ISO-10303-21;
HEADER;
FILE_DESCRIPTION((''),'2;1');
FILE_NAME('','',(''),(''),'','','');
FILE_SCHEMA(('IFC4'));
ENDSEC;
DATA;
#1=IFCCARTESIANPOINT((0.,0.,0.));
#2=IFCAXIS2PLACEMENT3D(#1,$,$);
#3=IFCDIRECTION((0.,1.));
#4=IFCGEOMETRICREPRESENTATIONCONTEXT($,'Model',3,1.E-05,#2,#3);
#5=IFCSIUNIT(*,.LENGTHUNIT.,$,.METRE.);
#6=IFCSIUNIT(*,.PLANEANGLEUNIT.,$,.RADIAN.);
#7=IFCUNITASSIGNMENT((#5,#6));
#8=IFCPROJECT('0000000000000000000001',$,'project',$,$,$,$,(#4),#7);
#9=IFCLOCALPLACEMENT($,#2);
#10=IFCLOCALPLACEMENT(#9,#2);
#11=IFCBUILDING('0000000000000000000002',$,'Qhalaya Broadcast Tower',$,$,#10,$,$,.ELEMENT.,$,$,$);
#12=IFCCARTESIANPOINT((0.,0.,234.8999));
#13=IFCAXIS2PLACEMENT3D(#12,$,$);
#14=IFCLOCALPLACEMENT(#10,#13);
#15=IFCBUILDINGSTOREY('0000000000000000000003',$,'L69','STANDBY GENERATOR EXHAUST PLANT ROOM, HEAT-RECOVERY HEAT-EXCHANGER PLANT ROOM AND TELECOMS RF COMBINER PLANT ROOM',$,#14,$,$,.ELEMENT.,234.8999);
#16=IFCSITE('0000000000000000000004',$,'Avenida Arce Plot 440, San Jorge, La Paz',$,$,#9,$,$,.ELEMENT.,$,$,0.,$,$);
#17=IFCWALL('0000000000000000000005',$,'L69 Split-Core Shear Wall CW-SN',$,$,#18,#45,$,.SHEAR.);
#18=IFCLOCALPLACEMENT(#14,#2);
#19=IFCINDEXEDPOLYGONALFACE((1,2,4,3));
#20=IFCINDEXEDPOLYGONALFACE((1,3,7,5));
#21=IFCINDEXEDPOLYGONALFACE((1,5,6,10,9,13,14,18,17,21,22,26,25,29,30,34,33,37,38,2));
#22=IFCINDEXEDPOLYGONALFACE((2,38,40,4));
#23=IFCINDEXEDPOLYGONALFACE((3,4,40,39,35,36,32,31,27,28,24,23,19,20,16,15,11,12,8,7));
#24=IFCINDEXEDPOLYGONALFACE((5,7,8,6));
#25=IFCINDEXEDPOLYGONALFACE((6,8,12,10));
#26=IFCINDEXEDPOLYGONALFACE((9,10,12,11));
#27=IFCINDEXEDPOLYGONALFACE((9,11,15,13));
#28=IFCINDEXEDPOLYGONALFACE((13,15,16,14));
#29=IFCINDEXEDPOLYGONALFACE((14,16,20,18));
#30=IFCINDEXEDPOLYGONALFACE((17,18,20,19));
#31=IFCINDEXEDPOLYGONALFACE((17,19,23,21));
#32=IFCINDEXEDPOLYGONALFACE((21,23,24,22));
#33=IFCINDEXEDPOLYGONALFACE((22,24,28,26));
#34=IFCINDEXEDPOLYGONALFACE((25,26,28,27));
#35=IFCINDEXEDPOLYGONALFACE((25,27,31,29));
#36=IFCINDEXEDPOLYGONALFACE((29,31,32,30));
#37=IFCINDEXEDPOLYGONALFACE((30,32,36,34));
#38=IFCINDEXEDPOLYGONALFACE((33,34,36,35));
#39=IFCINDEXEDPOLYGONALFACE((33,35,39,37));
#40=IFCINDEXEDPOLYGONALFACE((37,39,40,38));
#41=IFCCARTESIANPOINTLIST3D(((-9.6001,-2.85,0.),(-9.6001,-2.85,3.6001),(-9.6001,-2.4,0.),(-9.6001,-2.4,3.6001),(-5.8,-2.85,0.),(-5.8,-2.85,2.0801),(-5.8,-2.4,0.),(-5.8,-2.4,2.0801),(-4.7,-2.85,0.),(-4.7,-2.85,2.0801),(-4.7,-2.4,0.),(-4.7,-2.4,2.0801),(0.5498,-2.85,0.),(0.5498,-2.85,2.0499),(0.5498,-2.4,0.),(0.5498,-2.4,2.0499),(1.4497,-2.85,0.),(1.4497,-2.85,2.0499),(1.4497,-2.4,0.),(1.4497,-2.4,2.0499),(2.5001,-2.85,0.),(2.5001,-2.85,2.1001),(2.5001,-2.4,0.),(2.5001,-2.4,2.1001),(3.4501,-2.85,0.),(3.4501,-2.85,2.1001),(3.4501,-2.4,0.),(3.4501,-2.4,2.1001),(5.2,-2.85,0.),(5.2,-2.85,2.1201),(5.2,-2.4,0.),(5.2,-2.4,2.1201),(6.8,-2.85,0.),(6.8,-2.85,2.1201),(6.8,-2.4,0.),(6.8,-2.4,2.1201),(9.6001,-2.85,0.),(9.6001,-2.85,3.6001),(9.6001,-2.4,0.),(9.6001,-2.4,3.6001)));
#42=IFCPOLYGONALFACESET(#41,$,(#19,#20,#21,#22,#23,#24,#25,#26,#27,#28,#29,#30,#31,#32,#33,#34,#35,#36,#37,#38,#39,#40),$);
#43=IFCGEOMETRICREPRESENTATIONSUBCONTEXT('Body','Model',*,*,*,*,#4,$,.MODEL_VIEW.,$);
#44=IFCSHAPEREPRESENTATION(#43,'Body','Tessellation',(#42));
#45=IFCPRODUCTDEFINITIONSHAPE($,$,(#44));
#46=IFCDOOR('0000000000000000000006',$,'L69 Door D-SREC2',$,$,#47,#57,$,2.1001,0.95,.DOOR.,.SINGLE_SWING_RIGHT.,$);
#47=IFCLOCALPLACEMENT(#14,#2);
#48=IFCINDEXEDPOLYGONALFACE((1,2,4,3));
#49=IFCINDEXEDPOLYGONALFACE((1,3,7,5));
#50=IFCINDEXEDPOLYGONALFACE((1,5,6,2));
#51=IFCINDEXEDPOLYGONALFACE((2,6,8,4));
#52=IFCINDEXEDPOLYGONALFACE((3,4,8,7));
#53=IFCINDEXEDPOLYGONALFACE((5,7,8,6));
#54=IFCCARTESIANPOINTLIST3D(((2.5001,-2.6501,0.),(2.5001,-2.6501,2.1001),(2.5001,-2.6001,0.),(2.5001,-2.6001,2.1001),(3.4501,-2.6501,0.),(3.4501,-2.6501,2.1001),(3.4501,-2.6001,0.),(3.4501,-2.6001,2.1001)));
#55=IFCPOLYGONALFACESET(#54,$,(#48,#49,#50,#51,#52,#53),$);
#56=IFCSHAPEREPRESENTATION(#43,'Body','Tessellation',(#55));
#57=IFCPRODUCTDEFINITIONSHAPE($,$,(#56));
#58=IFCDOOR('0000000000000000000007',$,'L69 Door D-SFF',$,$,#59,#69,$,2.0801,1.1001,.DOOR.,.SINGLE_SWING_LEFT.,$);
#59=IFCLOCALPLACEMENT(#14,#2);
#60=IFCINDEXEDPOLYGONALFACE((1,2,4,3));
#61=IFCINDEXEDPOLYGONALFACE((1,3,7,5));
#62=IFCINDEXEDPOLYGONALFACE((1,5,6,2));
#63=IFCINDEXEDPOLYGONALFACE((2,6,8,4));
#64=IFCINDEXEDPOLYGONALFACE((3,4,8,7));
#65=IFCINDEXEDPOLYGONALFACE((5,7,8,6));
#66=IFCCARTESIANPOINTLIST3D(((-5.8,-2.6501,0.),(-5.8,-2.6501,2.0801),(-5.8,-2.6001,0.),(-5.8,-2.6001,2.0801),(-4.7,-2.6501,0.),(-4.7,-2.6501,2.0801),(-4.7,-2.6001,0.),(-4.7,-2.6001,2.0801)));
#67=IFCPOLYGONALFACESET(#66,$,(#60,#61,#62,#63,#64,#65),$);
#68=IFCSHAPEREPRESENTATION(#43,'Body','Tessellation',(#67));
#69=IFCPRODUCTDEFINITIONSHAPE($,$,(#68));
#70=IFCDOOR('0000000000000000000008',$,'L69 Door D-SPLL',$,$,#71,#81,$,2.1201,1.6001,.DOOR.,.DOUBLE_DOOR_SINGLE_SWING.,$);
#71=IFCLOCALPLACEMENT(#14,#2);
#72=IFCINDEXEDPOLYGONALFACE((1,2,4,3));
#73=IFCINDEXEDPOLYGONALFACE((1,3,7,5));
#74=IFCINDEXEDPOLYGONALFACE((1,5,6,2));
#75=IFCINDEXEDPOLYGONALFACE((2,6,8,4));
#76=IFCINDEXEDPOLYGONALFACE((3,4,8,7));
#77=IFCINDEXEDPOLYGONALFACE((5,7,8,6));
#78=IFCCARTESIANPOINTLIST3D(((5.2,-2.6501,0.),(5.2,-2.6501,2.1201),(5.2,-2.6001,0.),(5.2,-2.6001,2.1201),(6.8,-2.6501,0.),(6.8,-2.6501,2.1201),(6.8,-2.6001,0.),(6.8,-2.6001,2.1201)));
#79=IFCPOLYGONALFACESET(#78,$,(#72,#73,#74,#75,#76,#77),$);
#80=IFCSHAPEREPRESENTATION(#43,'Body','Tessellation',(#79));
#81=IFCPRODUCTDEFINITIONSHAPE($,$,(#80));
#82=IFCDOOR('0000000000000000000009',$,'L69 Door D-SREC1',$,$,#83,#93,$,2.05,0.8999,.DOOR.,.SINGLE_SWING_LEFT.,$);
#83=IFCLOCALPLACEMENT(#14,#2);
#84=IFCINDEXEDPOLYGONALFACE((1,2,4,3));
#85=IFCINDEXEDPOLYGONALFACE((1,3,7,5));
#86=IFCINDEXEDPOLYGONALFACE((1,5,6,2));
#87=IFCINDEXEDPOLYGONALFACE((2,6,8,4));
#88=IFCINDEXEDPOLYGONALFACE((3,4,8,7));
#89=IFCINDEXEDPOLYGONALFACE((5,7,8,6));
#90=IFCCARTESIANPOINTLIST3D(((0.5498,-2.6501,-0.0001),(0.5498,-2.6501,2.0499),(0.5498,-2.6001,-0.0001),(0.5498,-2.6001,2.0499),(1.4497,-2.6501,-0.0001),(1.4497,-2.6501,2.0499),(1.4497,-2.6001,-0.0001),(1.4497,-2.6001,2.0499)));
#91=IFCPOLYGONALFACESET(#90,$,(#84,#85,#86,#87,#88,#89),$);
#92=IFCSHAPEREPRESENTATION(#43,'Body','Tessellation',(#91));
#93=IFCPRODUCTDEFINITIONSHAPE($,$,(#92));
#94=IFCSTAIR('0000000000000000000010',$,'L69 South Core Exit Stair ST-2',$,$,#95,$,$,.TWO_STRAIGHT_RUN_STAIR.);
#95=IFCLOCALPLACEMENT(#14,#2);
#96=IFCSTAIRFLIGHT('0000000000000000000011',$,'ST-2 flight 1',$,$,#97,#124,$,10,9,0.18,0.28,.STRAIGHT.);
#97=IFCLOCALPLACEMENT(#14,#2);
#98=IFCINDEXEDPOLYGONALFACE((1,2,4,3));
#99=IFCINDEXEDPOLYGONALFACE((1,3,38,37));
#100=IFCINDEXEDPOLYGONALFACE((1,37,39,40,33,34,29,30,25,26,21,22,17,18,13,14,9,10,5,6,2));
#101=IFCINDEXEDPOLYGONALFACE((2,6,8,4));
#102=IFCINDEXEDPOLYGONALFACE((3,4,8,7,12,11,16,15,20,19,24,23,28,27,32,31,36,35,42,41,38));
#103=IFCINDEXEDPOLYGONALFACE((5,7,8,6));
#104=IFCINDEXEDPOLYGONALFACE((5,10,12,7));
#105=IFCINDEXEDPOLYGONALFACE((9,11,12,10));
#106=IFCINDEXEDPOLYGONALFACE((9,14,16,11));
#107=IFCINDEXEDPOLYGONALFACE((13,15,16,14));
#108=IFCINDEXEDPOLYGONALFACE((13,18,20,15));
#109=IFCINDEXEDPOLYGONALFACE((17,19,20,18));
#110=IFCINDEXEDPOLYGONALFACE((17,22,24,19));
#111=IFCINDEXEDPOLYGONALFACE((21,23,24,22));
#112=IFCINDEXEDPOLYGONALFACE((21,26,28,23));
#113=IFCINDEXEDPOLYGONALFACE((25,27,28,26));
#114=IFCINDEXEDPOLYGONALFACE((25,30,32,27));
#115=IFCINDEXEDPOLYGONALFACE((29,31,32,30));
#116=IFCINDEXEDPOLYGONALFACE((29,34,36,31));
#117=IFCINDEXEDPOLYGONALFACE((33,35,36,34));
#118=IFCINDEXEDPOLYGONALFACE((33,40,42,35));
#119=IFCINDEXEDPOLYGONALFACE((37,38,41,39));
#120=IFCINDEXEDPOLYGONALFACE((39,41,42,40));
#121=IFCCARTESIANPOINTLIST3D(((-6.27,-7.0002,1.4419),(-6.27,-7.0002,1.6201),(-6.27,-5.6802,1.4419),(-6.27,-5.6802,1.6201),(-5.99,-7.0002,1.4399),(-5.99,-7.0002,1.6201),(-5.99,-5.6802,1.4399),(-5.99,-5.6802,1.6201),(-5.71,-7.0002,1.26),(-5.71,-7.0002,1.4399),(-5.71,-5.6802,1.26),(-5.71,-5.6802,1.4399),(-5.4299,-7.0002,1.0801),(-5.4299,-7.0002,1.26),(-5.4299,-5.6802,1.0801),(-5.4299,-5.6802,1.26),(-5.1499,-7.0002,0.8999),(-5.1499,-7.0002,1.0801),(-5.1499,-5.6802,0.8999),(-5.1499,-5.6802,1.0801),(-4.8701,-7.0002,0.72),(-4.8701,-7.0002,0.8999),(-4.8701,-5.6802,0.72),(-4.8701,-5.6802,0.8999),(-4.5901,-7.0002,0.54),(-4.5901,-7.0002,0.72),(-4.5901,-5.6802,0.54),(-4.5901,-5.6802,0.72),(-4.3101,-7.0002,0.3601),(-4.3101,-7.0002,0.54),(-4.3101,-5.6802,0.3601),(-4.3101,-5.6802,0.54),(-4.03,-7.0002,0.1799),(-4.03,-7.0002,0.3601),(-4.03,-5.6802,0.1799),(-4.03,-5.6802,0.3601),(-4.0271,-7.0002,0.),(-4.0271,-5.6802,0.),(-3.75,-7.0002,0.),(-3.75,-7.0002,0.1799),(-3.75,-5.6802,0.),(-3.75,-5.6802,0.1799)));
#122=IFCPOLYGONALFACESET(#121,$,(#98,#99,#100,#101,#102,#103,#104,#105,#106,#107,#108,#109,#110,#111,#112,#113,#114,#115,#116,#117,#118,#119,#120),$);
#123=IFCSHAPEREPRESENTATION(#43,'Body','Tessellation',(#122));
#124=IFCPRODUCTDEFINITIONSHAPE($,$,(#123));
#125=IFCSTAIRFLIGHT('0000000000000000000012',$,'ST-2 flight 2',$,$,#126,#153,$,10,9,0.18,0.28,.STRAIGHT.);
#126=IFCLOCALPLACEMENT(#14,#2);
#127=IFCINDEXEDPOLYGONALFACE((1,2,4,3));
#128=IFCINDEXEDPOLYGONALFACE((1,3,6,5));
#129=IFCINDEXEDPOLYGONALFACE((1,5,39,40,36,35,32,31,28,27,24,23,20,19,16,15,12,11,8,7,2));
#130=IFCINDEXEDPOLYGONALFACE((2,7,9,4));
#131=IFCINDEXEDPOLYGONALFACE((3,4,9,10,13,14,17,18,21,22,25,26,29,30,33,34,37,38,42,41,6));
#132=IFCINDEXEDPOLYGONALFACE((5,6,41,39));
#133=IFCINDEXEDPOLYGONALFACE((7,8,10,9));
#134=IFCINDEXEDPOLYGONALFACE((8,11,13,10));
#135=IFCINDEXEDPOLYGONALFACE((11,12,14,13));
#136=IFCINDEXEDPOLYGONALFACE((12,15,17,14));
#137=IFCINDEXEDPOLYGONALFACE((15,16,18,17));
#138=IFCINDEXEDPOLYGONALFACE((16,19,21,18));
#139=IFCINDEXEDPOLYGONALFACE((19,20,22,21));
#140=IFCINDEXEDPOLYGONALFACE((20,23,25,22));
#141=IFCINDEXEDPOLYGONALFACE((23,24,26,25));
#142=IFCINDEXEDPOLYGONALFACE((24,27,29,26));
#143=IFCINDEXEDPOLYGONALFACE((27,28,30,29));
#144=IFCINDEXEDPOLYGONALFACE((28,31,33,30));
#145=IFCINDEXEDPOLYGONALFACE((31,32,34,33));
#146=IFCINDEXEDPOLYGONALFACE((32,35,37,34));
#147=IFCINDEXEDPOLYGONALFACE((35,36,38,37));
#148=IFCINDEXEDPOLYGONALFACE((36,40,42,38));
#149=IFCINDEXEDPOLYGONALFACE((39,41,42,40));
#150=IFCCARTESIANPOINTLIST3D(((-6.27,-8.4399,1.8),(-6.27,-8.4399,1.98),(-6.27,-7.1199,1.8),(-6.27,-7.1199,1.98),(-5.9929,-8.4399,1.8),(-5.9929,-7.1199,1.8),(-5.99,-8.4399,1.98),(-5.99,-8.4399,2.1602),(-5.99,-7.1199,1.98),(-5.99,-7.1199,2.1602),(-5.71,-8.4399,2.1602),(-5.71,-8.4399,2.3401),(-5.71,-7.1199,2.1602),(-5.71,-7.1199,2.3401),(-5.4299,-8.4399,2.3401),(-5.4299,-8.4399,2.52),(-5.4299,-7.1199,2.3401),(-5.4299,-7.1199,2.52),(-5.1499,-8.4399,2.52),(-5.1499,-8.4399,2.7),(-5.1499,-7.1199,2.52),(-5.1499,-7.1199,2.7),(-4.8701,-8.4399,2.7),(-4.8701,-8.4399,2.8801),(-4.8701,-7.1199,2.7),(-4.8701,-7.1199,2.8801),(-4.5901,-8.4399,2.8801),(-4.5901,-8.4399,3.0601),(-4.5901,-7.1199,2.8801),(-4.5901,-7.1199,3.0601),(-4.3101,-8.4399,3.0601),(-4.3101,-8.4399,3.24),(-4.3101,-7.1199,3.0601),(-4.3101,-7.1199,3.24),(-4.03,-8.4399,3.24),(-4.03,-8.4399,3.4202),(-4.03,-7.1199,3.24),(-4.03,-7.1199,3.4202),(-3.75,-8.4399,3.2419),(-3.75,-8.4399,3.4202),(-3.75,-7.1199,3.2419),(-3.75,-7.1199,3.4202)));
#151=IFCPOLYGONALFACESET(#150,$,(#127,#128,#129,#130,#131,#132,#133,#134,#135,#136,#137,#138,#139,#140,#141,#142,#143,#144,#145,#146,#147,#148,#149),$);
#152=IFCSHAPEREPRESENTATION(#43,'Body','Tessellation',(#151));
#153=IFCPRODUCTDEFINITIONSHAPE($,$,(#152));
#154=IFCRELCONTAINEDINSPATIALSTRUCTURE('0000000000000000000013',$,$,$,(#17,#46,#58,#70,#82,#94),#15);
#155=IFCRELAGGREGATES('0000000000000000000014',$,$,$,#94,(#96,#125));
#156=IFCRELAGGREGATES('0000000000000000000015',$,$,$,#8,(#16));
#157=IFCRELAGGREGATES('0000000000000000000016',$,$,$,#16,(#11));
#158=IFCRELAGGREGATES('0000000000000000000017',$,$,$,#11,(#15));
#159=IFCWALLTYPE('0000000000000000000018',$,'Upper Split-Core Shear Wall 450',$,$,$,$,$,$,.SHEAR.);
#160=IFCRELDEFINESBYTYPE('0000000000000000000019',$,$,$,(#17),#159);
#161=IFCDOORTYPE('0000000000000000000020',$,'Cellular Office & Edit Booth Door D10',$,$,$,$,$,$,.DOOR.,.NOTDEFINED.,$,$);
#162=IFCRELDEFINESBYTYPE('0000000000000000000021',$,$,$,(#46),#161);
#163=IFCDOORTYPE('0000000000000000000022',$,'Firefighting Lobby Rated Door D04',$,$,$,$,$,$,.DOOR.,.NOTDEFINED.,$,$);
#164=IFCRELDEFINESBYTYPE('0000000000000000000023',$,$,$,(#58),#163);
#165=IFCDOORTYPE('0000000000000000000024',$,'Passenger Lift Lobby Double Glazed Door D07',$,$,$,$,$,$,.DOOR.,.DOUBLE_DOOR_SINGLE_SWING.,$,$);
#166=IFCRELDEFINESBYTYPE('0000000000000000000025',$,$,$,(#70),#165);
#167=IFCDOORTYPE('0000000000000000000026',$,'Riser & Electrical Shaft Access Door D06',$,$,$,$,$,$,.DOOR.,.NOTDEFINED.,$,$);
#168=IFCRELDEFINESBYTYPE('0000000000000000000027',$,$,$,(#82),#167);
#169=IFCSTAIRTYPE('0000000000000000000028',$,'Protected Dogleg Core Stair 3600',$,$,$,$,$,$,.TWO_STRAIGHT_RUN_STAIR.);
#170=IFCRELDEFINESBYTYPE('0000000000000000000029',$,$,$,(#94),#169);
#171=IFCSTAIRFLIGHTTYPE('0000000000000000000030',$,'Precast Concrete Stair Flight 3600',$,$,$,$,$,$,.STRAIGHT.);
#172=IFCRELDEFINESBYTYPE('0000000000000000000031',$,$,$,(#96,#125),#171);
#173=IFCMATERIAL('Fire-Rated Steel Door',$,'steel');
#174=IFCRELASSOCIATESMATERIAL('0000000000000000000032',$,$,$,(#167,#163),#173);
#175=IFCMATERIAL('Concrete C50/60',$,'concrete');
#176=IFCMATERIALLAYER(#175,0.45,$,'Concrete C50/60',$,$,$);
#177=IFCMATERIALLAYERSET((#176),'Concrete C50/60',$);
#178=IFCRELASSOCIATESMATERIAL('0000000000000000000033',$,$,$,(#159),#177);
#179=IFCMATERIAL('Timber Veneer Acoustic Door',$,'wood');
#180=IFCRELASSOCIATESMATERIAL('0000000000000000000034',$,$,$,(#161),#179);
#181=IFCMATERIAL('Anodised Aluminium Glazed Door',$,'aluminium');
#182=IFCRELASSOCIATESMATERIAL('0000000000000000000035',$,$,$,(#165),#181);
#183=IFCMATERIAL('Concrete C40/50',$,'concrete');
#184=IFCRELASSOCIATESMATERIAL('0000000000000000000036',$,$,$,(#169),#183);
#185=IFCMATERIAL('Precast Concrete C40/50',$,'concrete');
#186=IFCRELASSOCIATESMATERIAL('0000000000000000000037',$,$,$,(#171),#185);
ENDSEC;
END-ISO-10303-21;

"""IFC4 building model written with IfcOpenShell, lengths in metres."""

from ifc_helpers import new_model, si_unit, direction, frame, frame_2d, origin, place, context, subcontext, project, spatial, polyline, rectangle, outline, extrude, material, layer, layer_set, type_object, element, fill, aggregate, save


model = new_model("IFC4")

# Units and contexts
model_context = context("Model", 3, precision=1e-05, world=origin(), true_north=direction((0.0, 1.0)))
body_context = subcontext(model_context, "Body", "Model", "MODEL_VIEW")
ifc_project = project(units=[si_unit("LENGTHUNIT", "METRE"), si_unit("PLANEANGLEUNIT", "RADIAN")], contexts=[model_context])

# Site, building, storey
site_placement = place(None, origin())
site = spatial("IfcSite", under=ifc_project, at=site_placement, Name="Avenida Arce Plot 440, San Jorge, La Paz", CompositionType="ELEMENT", RefElevation=0.0)
building_placement = place(site_placement, origin())
building = spatial("IfcBuilding", under=site, at=building_placement, Name="Qhalaya Broadcast Tower", CompositionType="ELEMENT")
storey_placement = place(building_placement, frame((0.0, 0.0, 234.8999)))
storey = spatial("IfcBuildingStorey", under=building, at=storey_placement, Name="L69", Description="STANDBY GENERATOR EXHAUST PLANT ROOM, HEAT-RECOVERY HEAT-EXCHANGER PLANT ROOM AND TELECOMS RF COMBINER PLANT ROOM", CompositionType="ELEMENT", Elevation=234.8999)

# Shared definitions
ifc_material_1 = material(Name="Concrete C50/60", Category="concrete")

# Shared definitions
ifc_material_2 = material(Name="Fire-Rated Steel Door", Category="steel")
door_type_1 = type_object("IfcDoorType", Name="Riser & Electrical Shaft Access Door D06", OperationType="NOTDEFINED", PredefinedType="DOOR", material=ifc_material_2)

# Wall, openings, doors
ifc_layer_1 = layer(ifc_material_1, 0.45, Name="Concrete C50/60")
ifc_layer_set_1 = layer_set([ifc_layer_1], Name="Concrete C50/60")
wall_type_1 = type_object("IfcWallType", Name="Upper Split-Core Shear Wall 450", PredefinedType="SHEAR", material=ifc_layer_set_1)
wall_1_placement = place(storey_placement, frame((-9.6001, -2.625, 0.0), z_axis=(0.0, 0.0, 1.0), x_axis=(1.0, 0.0, 0.0)))
wall_1 = element("IfcWall", 1, at=wall_1_placement, inside=storey, type_object=wall_type_1, Name="L69 Split-Core Shear Wall CW-SN", PredefinedType="SHEAR", context=body_context, shape_type="SweptSolid", body=[
    extrude(rectangle(XDim=19.2002, YDim=0.45, at=frame_2d((9.6001, 0.0))), origin(), (0.0, 0.0, 1.0), 3.6001),
])
opening_1_placement = place(wall_1_placement, frame((3.8, 0.0, 0.0)))
opening_1 = element("IfcOpeningElement", 2, at=opening_1_placement, cuts=wall_1, PredefinedType="OPENING", context=body_context, shape_type="SweptSolid", body=[
    extrude(rectangle(XDim=1.1001, YDim=2.0801, at=frame_2d((0.55, 1.04))), frame((0.0, 0.2371, 0.0), z_axis=(0.0, -1.0, 0.0), x_axis=(1.0, 0.0, 0.0)), (0.0, 0.0, 1.0), 0.4739),
])
opening_2_placement = place(wall_1_placement, frame((10.1499, 0.0, 0.0)))
opening_2 = element("IfcOpeningElement", 3, at=opening_2_placement, cuts=wall_1, PredefinedType="OPENING", context=body_context, shape_type="SweptSolid", body=[
    extrude(rectangle(XDim=0.8999, YDim=2.05, at=frame_2d((0.45, 1.0249))), frame((0.0, 0.2371, 0.0), z_axis=(0.0, -1.0, 0.0), x_axis=(1.0, 0.0, 0.0)), (0.0, 0.0, 1.0), 0.4739),
])
opening_3_placement = place(wall_1_placement, frame((12.1001, 0.0, 0.0)))
opening_3 = element("IfcOpeningElement", 4, at=opening_3_placement, cuts=wall_1, PredefinedType="OPENING", context=body_context, shape_type="SweptSolid", body=[
    extrude(rectangle(XDim=0.95, YDim=2.1001, at=frame_2d((0.4751, 1.05))), frame((0.0, 0.2371, 0.0), z_axis=(0.0, -1.0, 0.0), x_axis=(1.0, 0.0, 0.0)), (0.0, 0.0, 1.0), 0.4739),
])
opening_4_placement = place(wall_1_placement, frame((14.8, 0.0, 0.0)))
opening_4 = element("IfcOpeningElement", 5, at=opening_4_placement, cuts=wall_1, PredefinedType="OPENING", context=body_context, shape_type="SweptSolid", body=[
    extrude(rectangle(XDim=1.6001, YDim=2.1201, at=frame_2d((0.8, 1.0601))), frame((0.0, 0.2371, 0.0), z_axis=(0.0, -1.0, 0.0), x_axis=(1.0, 0.0, 0.0)), (0.0, 0.0, 1.0), 0.4739),
])
ifc_material_3 = material(Name="Timber Veneer Acoustic Door", Category="wood")
door_type_2 = type_object("IfcDoorType", Name="Cellular Office & Edit Booth Door D10", OperationType="NOTDEFINED", PredefinedType="DOOR", material=ifc_material_3)
door_1_placement = place(opening_3_placement, origin())
door_1 = element("IfcDoor", 6, at=door_1_placement, inside=storey, type_object=door_type_2, Name="L69 Door D-SREC2", OperationType="SINGLE_SWING_RIGHT", OverallHeight=2.1001, OverallWidth=0.95, PredefinedType="DOOR", context=body_context, shape_type="SweptSolid", body=[
    extrude(rectangle(XDim=0.95, YDim=2.1001, at=frame_2d((0.4751, 1.05))), frame((0.0, 0.0249, 0.0), z_axis=(0.0, -1.0, 0.0), x_axis=(1.0, 0.0, 0.0)), (0.0, 0.0, 1.0), 0.05),
])
fill(opening_3, door_1)
door_type_3 = type_object("IfcDoorType", Name="Firefighting Lobby Rated Door D04", OperationType="NOTDEFINED", PredefinedType="DOOR", material=ifc_material_2)
door_2_placement = place(opening_1_placement, origin())
door_2 = element("IfcDoor", 7, at=door_2_placement, inside=storey, type_object=door_type_3, Name="L69 Door D-SFF", OperationType="SINGLE_SWING_LEFT", OverallHeight=2.0801, OverallWidth=1.1001, PredefinedType="DOOR", context=body_context, shape_type="SweptSolid", body=[
    extrude(rectangle(XDim=1.1001, YDim=2.0801, at=frame_2d((0.55, 1.04))), frame((0.0, 0.0249, 0.0), z_axis=(0.0, -1.0, 0.0), x_axis=(1.0, 0.0, 0.0)), (0.0, 0.0, 1.0), 0.05),
])
fill(opening_1, door_2)
ifc_material_4 = material(Name="Anodised Aluminium Glazed Door", Category="aluminium")
door_type_4 = type_object("IfcDoorType", Name="Passenger Lift Lobby Double Glazed Door D07", OperationType="DOUBLE_DOOR_SINGLE_SWING", PredefinedType="DOOR", material=ifc_material_4)
door_3_placement = place(opening_4_placement, origin())
door_3 = element("IfcDoor", 8, at=door_3_placement, inside=storey, type_object=door_type_4, Name="L69 Door D-SPLL", OperationType="DOUBLE_DOOR_SINGLE_SWING", OverallHeight=2.1201, OverallWidth=1.6001, PredefinedType="DOOR", context=body_context, shape_type="SweptSolid", body=[
    extrude(rectangle(XDim=1.6001, YDim=2.1201, at=frame_2d((0.8, 1.0601))), frame((0.0, 0.0249, 0.0), z_axis=(0.0, -1.0, 0.0), x_axis=(1.0, 0.0, 0.0)), (0.0, 0.0, 1.0), 0.05),
])
fill(opening_4, door_3)
door_4_placement = place(opening_2_placement, origin())
door_4 = element("IfcDoor", 9, at=door_4_placement, inside=storey, type_object=door_type_1, Name="L69 Door D-SREC1", OperationType="SINGLE_SWING_LEFT", OverallHeight=2.05, OverallWidth=0.8999, PredefinedType="DOOR", context=body_context, shape_type="SweptSolid", body=[
    extrude(rectangle(XDim=0.8999, YDim=2.05, at=frame_2d((0.45, 1.0249))), frame((0.0, 0.0249, 0.0), z_axis=(0.0, -1.0, 0.0), x_axis=(1.0, 0.0, 0.0)), (0.0, 0.0, 1.0), 0.05),
])
fill(opening_2, door_4)

# Stair, stair flights
ifc_material_5 = material(Name="Concrete C40/50", Category="concrete")
stair_type = type_object("IfcStairType", Name="Protected Dogleg Core Stair 3600", PredefinedType="TWO_STRAIGHT_RUN_STAIR", material=ifc_material_5)
stair_placement = place(storey_placement, origin())
stair = element("IfcStair", 10, at=stair_placement, inside=storey, type_object=stair_type, Name="L69 South Core Exit Stair ST-2", PredefinedType="TWO_STRAIGHT_RUN_STAIR")
ifc_material_6 = material(Name="Precast Concrete C40/50", Category="concrete")
stair_flight_type = type_object("IfcStairFlightType", Name="Precast Concrete Stair Flight 3600", PredefinedType="STRAIGHT", material=ifc_material_6)
stair_flight_1_placement = place(storey_placement, frame((-3.75, -6.3401, 0.0), z_axis=(0.0, 0.0, 1.0), x_axis=(-1.0, 0.0, 0.0)))
stair_flight_1 = element("IfcStairFlight", 11, at=stair_flight_1_placement, type_object=stair_flight_type, Name="ST-2 flight 1", NumberOfRisers=10, NumberOfTreads=9, PredefinedType="STRAIGHT", RiserHeight=0.18, TreadLength=0.28, context=body_context, shape_type="SweptSolid", body=[
    extrude(outline(polyline([(0.0, 0.0), (0.0, 0.1799), (0.28, 0.1799), (0.28, 0.3601), (0.5601, 0.3601), (0.5601, 0.54), (0.8401, 0.54), (0.8401, 0.72), (1.1201, 0.72), (1.1201, 0.8999), (1.3999, 0.8999), (1.3999, 1.0801), (1.6799, 1.0801), (1.6799, 1.26), (1.96, 1.26), (1.96, 1.4399), (2.24, 1.4399), (2.24, 1.6201), (2.52, 1.6201), (2.52, 1.8), (2.52, 1.4419), (0.2771, 0.0), (0.0, 0.0)])), frame((0.0, 0.6602, 0.0), z_axis=(0.0, -1.0, 0.0), x_axis=(1.0, 0.0, 0.0)), (0.0, 0.0, 1.0), 1.3201),
])
stair_flight_2_placement = place(storey_placement, frame((-6.27, -7.78, 1.8), z_axis=(0.0, 0.0, 1.0), x_axis=(1.0, 0.0, 0.0)))
stair_flight_2 = element("IfcStairFlight", 12, at=stair_flight_2_placement, type_object=stair_flight_type, Name="ST-2 flight 2", NumberOfRisers=10, NumberOfTreads=9, PredefinedType="STRAIGHT", RiserHeight=0.18, TreadLength=0.28, context=body_context, shape_type="SweptSolid", body=[
    extrude(outline(polyline([(0.0, 0.0), (0.0, 0.1799), (0.28, 0.1799), (0.28, 0.3601), (0.5601, 0.3601), (0.5601, 0.54), (0.8401, 0.54), (0.8401, 0.72), (1.1201, 0.72), (1.1201, 0.8999), (1.3999, 0.8999), (1.3999, 1.0801), (1.6799, 1.0801), (1.6799, 1.26), (1.96, 1.26), (1.96, 1.4399), (2.24, 1.4399), (2.24, 1.6201), (2.52, 1.6201), (2.52, 1.8), (2.52, 1.4419), (0.2771, 0.0), (0.0, 0.0)])), frame((0.0, 0.6602, 0.0), z_axis=(0.0, -1.0, 0.0), x_axis=(1.0, 0.0, 0.0)), (0.0, 0.0, 1.0), 1.3201),
])
aggregate(stair, [stair_flight_1, stair_flight_2])

save(model, "model.ifc")
